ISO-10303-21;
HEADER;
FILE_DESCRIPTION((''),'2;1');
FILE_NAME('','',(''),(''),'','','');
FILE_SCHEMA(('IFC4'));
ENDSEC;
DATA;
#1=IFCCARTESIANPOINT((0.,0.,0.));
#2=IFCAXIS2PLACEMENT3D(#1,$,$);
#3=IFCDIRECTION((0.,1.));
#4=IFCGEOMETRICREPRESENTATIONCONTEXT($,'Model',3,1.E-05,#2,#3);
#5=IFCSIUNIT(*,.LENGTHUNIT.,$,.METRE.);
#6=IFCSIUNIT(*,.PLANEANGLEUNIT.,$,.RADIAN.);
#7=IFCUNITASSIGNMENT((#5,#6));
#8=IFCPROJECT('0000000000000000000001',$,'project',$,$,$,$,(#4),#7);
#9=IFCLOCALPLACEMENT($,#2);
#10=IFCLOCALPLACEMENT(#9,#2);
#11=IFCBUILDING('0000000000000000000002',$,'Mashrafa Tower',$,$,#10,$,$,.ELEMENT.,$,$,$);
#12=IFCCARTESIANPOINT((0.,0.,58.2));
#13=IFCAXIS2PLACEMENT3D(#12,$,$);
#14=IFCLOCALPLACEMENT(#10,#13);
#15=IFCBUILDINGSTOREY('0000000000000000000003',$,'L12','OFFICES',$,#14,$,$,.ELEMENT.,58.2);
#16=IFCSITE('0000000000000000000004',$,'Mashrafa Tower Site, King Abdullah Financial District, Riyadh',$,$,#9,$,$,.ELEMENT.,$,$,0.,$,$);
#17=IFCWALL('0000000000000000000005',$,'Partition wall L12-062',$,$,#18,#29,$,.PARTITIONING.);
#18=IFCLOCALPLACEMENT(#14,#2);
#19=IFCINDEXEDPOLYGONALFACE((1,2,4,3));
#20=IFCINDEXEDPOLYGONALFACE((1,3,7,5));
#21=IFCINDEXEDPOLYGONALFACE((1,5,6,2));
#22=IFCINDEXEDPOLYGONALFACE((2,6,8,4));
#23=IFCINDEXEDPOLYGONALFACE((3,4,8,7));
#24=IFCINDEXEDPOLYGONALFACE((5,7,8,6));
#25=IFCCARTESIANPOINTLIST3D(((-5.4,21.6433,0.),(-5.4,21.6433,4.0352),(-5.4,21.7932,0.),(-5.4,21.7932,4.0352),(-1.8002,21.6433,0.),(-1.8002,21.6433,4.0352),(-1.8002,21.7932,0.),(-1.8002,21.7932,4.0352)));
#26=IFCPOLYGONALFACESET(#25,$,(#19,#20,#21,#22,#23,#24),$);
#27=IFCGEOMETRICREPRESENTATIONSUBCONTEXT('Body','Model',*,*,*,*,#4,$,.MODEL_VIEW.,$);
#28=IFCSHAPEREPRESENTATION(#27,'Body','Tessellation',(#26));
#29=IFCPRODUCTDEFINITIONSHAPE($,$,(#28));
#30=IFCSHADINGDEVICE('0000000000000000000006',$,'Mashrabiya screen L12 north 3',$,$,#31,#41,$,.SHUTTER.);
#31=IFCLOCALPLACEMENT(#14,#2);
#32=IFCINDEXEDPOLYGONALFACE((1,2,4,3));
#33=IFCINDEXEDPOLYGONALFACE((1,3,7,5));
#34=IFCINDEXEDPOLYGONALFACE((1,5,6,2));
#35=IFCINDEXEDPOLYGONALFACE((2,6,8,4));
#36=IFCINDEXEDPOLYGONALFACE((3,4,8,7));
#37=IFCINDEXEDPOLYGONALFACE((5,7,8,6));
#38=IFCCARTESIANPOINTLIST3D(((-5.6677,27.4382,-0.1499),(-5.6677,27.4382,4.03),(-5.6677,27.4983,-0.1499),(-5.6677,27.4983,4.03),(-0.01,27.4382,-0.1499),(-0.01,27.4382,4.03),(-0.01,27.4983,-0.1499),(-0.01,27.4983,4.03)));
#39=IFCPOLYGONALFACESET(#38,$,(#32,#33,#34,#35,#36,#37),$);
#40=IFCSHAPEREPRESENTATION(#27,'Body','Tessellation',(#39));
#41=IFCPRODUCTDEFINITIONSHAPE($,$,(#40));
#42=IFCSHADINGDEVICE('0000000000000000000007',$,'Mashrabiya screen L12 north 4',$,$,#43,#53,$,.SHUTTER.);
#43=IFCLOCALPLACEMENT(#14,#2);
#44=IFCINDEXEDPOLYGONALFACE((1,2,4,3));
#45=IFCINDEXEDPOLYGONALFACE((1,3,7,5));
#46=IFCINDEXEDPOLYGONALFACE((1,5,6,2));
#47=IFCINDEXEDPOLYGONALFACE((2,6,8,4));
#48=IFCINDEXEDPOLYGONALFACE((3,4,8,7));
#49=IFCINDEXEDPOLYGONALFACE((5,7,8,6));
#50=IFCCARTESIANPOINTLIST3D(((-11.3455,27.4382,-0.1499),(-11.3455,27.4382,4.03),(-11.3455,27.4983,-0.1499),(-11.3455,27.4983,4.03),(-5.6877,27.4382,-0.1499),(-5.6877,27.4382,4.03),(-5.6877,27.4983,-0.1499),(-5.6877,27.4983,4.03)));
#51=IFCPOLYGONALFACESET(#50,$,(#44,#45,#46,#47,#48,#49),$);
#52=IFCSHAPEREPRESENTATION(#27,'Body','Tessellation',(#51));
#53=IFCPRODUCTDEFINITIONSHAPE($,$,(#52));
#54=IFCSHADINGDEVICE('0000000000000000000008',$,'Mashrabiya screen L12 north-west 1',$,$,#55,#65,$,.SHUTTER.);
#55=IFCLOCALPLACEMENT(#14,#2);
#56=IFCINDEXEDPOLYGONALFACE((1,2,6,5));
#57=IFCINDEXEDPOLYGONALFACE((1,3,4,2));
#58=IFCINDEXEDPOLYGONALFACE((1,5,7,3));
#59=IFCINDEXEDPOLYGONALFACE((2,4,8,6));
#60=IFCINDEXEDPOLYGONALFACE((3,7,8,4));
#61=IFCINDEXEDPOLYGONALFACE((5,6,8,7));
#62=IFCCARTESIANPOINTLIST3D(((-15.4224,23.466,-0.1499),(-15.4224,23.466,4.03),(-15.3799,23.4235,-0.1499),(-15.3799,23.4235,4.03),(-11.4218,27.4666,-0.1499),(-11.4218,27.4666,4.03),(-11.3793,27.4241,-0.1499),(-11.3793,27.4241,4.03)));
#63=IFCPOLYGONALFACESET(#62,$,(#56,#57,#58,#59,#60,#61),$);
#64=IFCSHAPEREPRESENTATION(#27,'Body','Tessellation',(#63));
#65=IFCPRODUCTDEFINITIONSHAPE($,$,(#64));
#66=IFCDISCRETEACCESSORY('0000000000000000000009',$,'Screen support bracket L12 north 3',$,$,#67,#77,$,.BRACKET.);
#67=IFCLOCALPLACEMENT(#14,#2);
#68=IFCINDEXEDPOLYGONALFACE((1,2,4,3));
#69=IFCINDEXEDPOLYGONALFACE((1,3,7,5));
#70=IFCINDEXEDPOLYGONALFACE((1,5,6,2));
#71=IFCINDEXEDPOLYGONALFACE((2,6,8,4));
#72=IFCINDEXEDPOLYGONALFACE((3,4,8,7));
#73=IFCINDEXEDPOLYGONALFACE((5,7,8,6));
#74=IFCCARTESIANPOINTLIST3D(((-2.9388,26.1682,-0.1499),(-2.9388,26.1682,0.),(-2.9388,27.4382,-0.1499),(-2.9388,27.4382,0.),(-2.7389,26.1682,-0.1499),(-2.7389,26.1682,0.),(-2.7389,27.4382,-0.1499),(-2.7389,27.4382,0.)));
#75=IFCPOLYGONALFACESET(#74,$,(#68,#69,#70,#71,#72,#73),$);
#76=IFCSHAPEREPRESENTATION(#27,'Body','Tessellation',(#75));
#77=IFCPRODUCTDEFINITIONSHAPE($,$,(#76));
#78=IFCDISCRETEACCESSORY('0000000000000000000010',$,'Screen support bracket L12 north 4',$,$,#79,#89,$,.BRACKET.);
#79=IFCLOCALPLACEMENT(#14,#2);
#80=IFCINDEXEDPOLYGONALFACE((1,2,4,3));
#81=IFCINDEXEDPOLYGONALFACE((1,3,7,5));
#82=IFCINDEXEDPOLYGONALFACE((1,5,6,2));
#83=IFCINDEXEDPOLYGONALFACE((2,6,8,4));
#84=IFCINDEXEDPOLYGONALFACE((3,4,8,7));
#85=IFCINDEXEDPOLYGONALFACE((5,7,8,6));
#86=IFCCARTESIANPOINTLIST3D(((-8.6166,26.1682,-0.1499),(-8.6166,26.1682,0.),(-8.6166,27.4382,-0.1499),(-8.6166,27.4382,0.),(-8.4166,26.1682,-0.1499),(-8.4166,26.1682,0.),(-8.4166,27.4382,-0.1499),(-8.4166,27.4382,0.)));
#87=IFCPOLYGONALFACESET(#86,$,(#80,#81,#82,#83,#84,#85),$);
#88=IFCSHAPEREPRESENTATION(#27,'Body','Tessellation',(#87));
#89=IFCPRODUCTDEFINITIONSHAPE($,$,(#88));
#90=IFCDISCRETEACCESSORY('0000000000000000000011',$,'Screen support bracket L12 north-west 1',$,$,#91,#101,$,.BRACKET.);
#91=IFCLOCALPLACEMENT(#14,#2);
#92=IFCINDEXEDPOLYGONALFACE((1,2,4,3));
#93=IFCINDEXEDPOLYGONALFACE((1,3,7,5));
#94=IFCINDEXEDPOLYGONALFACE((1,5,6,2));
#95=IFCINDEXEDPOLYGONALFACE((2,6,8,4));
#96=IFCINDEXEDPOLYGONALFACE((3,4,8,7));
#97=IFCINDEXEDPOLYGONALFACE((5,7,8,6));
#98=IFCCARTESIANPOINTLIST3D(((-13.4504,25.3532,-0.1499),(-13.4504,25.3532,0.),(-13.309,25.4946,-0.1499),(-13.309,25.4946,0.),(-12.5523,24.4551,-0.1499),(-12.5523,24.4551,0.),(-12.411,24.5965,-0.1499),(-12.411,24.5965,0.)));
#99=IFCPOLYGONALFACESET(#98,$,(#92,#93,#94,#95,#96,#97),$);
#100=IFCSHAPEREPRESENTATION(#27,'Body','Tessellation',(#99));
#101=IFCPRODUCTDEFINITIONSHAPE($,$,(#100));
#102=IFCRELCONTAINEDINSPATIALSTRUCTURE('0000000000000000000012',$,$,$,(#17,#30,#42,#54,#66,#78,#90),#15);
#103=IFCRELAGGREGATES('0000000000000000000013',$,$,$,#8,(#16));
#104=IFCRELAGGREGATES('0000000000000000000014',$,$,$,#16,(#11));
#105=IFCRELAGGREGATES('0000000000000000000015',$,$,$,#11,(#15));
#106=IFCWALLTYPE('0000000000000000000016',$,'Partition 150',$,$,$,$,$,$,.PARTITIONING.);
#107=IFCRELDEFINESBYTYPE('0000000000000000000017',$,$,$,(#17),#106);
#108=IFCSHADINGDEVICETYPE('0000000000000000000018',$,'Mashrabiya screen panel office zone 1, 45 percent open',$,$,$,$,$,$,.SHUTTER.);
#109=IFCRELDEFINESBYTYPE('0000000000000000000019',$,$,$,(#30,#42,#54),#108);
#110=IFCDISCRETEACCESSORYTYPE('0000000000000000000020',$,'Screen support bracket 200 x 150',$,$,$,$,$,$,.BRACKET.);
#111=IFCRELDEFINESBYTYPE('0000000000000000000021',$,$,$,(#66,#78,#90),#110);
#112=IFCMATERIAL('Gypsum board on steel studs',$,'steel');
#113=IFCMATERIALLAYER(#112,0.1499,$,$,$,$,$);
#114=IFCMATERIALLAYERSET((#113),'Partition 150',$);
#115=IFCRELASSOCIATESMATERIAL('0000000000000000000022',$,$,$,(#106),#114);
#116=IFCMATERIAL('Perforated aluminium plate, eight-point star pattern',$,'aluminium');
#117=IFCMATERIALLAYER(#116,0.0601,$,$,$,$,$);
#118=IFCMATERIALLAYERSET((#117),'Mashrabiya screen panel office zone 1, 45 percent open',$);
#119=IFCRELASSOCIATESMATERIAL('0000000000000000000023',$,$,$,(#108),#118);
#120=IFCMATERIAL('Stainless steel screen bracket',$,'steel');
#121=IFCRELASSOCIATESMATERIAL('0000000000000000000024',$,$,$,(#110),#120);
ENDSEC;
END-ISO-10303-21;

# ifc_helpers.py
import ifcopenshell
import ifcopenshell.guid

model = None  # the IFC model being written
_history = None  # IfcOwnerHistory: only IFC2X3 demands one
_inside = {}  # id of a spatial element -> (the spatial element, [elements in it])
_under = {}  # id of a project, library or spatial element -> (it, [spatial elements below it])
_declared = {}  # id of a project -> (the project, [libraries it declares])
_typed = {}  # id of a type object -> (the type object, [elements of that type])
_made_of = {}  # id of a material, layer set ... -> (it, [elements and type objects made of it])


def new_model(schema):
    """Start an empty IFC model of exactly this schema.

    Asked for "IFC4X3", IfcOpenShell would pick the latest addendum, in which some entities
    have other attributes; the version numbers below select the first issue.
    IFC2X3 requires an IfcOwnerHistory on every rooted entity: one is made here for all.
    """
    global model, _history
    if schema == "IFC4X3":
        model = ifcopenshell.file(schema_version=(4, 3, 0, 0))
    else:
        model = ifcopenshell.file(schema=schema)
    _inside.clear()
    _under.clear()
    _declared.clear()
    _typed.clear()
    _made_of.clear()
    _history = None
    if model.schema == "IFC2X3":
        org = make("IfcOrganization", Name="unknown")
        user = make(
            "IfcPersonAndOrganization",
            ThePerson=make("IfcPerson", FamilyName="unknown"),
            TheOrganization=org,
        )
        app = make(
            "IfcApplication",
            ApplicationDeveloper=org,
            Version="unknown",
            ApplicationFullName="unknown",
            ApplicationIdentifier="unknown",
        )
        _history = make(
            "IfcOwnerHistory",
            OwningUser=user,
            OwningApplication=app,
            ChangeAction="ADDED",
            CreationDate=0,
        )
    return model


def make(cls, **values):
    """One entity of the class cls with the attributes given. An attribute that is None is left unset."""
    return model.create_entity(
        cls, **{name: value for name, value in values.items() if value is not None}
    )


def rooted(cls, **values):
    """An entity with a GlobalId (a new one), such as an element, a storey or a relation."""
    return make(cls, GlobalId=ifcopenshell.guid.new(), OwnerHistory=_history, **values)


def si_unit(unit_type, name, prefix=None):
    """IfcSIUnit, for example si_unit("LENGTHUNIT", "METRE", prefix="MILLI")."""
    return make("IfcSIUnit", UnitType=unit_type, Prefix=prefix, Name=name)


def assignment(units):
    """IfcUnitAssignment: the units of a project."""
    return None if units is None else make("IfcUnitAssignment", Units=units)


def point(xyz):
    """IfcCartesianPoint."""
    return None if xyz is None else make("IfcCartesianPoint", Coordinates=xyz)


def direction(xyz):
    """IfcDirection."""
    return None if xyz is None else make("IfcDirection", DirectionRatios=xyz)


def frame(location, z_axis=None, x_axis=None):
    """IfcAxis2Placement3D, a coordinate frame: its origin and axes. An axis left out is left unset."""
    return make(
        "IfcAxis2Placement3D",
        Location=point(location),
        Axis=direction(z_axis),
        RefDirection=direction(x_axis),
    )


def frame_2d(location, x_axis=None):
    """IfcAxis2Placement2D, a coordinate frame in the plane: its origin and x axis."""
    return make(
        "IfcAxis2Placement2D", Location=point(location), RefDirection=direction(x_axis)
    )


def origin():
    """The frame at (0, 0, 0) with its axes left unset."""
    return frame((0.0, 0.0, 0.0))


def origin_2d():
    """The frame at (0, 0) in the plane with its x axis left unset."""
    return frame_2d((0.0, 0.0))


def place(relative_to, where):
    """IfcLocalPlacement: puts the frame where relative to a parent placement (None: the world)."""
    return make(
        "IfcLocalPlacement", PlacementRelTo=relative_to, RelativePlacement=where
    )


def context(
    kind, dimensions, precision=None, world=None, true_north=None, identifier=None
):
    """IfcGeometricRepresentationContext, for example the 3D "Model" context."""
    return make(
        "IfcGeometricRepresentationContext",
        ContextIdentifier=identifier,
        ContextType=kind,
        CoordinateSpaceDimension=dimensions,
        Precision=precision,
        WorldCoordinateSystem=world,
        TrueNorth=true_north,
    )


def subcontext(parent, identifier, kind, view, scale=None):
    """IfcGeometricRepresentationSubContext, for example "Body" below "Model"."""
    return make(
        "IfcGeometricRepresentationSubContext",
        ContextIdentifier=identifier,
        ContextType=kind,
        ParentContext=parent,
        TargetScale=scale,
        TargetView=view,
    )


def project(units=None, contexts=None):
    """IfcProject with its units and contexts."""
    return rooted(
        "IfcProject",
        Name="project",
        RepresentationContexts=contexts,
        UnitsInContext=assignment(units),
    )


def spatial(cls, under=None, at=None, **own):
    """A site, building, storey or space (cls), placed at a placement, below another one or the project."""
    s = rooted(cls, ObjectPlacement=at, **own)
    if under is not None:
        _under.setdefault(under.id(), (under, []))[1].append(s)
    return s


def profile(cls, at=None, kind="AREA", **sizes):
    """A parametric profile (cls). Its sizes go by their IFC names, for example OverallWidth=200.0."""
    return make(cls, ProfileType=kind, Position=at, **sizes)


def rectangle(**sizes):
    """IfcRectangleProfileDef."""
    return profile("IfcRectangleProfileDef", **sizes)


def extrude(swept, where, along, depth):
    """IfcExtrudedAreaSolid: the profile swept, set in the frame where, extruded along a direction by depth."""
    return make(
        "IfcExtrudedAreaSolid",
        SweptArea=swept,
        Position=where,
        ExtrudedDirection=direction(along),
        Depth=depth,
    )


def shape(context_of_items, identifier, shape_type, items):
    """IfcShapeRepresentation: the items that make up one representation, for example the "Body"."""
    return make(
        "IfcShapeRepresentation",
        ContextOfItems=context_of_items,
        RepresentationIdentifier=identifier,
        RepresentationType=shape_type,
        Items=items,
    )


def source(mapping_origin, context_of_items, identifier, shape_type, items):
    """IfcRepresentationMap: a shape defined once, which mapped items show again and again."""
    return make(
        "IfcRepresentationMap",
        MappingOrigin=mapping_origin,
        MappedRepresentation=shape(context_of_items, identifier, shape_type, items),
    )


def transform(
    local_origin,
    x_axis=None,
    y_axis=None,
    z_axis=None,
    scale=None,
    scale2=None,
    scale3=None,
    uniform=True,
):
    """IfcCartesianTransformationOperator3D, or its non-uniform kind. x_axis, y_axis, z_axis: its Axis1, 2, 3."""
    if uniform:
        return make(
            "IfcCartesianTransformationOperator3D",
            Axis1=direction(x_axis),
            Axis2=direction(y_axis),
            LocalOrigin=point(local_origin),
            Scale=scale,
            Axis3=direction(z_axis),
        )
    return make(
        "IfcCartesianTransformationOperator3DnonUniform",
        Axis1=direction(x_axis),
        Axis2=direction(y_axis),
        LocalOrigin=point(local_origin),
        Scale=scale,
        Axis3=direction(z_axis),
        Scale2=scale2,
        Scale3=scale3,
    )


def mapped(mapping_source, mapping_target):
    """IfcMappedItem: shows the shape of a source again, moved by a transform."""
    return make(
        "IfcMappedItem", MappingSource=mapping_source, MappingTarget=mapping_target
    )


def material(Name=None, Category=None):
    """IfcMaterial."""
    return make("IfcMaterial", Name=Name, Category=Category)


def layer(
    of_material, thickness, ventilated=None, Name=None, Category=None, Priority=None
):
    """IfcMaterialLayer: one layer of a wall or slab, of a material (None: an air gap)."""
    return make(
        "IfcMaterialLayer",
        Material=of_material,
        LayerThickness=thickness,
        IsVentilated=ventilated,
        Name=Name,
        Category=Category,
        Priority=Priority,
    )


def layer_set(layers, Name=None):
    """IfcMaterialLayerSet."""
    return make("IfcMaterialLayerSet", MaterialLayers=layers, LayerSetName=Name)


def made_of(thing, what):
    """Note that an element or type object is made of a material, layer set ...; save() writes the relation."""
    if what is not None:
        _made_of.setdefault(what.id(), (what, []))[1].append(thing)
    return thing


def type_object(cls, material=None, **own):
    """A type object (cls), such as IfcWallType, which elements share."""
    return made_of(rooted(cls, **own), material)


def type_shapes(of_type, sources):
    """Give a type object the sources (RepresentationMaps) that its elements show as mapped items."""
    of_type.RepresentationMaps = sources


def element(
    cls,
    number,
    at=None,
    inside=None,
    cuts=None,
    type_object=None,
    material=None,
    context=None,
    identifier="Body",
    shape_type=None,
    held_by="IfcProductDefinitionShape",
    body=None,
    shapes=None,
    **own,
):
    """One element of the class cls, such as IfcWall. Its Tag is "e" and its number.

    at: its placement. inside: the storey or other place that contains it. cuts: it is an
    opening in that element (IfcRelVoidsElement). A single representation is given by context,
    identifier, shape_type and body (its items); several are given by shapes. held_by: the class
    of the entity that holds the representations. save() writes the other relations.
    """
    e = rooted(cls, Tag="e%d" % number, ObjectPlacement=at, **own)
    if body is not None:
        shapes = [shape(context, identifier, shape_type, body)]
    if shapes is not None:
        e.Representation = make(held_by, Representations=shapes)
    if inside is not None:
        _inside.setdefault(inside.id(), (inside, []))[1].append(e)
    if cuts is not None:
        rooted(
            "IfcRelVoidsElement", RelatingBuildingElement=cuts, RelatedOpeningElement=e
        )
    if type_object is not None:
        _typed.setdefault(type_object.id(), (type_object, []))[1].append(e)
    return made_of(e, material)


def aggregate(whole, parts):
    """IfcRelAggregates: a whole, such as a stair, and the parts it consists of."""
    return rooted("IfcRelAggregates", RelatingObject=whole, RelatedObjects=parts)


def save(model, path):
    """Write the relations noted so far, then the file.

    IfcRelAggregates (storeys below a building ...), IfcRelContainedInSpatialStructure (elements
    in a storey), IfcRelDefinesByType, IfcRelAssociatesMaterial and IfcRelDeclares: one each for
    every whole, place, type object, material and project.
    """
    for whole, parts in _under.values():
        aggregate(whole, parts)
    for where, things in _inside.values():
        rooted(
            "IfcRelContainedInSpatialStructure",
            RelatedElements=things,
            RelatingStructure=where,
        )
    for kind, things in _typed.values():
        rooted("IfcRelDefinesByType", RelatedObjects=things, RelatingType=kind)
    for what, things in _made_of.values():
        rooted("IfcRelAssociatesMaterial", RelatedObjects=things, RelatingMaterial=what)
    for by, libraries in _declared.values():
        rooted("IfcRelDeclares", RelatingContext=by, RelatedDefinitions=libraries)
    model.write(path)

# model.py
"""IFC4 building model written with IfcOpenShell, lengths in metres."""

from ifc_helpers import new_model, si_unit, direction, frame, frame_2d, origin, origin_2d, place, context, subcontext, project, spatial, rectangle, extrude, source, transform, mapped, material, layer, layer_set, type_object, type_shapes, element, save


model = new_model("IFC4")

# Units and contexts
model_context = context("Model", 3, precision=1e-05, world=origin(), true_north=direction((0.0, 1.0)))
body_context = subcontext(model_context, "Body", "Model", "MODEL_VIEW")
ifc_project = project(units=[si_unit("LENGTHUNIT", "METRE"), si_unit("PLANEANGLEUNIT", "RADIAN")], contexts=[model_context])

# Site, building, storey
site_placement = place(None, origin())
site = spatial("IfcSite", under=ifc_project, at=site_placement, Name="Mashrafa Tower Site, King Abdullah Financial District, Riyadh", CompositionType="ELEMENT", RefElevation=0.0)
building_placement = place(site_placement, origin())
building = spatial("IfcBuilding", under=site, at=building_placement, Name="Mashrafa Tower", CompositionType="ELEMENT")
storey_placement = place(building_placement, frame((0.0, 0.0, 58.2)))
storey = spatial("IfcBuildingStorey", under=building, at=storey_placement, Name="L12", Description="OFFICES", CompositionType="ELEMENT", Elevation=58.2)

# Shared definitions
ifc_material_1 = material(Name="Gypsum board on steel studs", Category="steel")
ifc_layer_1 = layer(ifc_material_1, 0.1499)
ifc_layer_set_1 = layer_set([ifc_layer_1], Name="Partition 150")
wall_type = type_object("IfcWallType", Name="Partition 150", PredefinedType="PARTITIONING", material=ifc_layer_set_1)

# Wall
wall_1_placement = place(storey_placement, frame((-5.3999, 21.7183, 0.0), z_axis=(0.0, 0.0, 1.0), x_axis=(1.0, 0.0, 0.0)))
element("IfcWall", 1, at=wall_1_placement, inside=storey, type_object=wall_type, Name="Partition wall L12-062", PredefinedType="PARTITIONING", context=body_context, shape_type="SweptSolid", body=[
    extrude(rectangle(XDim=3.5999, YDim=0.1499, at=frame_2d((1.7998, 0.0))), origin(), (0.0, 0.0, 1.0), 4.0352),
])

# Shading devices
ifc_material_2 = material(Name="Perforated aluminium plate, eight-point star pattern", Category="aluminium")
ifc_layer_2 = layer(ifc_material_2, 0.0601)
ifc_layer_set_2 = layer_set([ifc_layer_2], Name="Mashrabiya screen panel office zone 1, 45 percent open")
shading_device_type = type_object("IfcShadingDeviceType", Name="Mashrabiya screen panel office zone 1, 45 percent open", PredefinedType="SHUTTER", material=ifc_layer_set_2)
shared_shape_1 = source(origin(), body_context, "Body", "SweptSolid", [
    extrude(rectangle(XDim=5.6577, YDim=0.0601, at=origin_2d()), origin(), (0.0, 0.0, 1.0), 4.1799),
])
type_shapes(shading_device_type, [shared_shape_1])
for number, where, z_axis, x_axis, name in (
    (2, (-2.8389, 27.4683, -0.1499), (0.0, 0.0, 1.0), (-1.0, 0.0, 0.0), "Mashrabiya screen L12 north 3"),
    (3, (-8.5166, 27.4683, -0.1499), (0.0, 0.0, 1.0), (-1.0, 0.0, 0.0), "Mashrabiya screen L12 north 4"),
    (4, (-13.4009, 25.4451, -0.1499), (0.0, 0.0, 1.0), (-0.707107, -0.707107, 0.0), "Mashrabiya screen L12 north-west 1"),
):
    element("IfcShadingDevice", number, at=place(storey_placement, frame(where, z_axis=z_axis, x_axis=x_axis)), inside=storey, type_object=shading_device_type, Name=name, PredefinedType="SHUTTER", context=body_context, shape_type="MappedRepresentation", body=[
        mapped(shared_shape_1, transform((0.0, 0.0, 0.0))),
    ])

# Discrete accessories
ifc_material_3 = material(Name="Stainless steel screen bracket", Category="steel")
discrete_accessory_type = type_object("IfcDiscreteAccessoryType", Name="Screen support bracket 200 x 150", PredefinedType="BRACKET", material=ifc_material_3)
shared_shape_2 = source(origin(), body_context, "Body", "SweptSolid", [
    extrude(rectangle(XDim=0.2, YDim=1.27, at=origin_2d()), origin(), (0.0, 0.0, 1.0), 0.1499),
])
type_shapes(discrete_accessory_type, [shared_shape_2])
for number, where, z_axis, x_axis, name in (
    (5, (-2.8389, 26.8032, -0.1499), (0.0, 0.0, 1.0), (-1.0, 0.0, 0.0), "Screen support bracket L12 north 3"),
    (6, (-8.5166, 26.8032, -0.1499), (0.0, 0.0, 1.0), (-1.0, 0.0, 0.0), "Screen support bracket L12 north 4"),
    (7, (-12.9307, 24.9749, -0.1499), (0.0, 0.0, 1.0), (-0.707107, -0.707107, 0.0), "Screen support bracket L12 north-west 1"),
):
    element("IfcDiscreteAccessory", number, at=place(storey_placement, frame(where, z_axis=z_axis, x_axis=x_axis)), inside=storey, type_object=discrete_accessory_type, Name=name, PredefinedType="BRACKET", context=body_context, shape_type="MappedRepresentation", body=[
        mapped(shared_shape_2, transform((0.0, 0.0, 0.0))),
    ])

save(model, "model.ifc")
